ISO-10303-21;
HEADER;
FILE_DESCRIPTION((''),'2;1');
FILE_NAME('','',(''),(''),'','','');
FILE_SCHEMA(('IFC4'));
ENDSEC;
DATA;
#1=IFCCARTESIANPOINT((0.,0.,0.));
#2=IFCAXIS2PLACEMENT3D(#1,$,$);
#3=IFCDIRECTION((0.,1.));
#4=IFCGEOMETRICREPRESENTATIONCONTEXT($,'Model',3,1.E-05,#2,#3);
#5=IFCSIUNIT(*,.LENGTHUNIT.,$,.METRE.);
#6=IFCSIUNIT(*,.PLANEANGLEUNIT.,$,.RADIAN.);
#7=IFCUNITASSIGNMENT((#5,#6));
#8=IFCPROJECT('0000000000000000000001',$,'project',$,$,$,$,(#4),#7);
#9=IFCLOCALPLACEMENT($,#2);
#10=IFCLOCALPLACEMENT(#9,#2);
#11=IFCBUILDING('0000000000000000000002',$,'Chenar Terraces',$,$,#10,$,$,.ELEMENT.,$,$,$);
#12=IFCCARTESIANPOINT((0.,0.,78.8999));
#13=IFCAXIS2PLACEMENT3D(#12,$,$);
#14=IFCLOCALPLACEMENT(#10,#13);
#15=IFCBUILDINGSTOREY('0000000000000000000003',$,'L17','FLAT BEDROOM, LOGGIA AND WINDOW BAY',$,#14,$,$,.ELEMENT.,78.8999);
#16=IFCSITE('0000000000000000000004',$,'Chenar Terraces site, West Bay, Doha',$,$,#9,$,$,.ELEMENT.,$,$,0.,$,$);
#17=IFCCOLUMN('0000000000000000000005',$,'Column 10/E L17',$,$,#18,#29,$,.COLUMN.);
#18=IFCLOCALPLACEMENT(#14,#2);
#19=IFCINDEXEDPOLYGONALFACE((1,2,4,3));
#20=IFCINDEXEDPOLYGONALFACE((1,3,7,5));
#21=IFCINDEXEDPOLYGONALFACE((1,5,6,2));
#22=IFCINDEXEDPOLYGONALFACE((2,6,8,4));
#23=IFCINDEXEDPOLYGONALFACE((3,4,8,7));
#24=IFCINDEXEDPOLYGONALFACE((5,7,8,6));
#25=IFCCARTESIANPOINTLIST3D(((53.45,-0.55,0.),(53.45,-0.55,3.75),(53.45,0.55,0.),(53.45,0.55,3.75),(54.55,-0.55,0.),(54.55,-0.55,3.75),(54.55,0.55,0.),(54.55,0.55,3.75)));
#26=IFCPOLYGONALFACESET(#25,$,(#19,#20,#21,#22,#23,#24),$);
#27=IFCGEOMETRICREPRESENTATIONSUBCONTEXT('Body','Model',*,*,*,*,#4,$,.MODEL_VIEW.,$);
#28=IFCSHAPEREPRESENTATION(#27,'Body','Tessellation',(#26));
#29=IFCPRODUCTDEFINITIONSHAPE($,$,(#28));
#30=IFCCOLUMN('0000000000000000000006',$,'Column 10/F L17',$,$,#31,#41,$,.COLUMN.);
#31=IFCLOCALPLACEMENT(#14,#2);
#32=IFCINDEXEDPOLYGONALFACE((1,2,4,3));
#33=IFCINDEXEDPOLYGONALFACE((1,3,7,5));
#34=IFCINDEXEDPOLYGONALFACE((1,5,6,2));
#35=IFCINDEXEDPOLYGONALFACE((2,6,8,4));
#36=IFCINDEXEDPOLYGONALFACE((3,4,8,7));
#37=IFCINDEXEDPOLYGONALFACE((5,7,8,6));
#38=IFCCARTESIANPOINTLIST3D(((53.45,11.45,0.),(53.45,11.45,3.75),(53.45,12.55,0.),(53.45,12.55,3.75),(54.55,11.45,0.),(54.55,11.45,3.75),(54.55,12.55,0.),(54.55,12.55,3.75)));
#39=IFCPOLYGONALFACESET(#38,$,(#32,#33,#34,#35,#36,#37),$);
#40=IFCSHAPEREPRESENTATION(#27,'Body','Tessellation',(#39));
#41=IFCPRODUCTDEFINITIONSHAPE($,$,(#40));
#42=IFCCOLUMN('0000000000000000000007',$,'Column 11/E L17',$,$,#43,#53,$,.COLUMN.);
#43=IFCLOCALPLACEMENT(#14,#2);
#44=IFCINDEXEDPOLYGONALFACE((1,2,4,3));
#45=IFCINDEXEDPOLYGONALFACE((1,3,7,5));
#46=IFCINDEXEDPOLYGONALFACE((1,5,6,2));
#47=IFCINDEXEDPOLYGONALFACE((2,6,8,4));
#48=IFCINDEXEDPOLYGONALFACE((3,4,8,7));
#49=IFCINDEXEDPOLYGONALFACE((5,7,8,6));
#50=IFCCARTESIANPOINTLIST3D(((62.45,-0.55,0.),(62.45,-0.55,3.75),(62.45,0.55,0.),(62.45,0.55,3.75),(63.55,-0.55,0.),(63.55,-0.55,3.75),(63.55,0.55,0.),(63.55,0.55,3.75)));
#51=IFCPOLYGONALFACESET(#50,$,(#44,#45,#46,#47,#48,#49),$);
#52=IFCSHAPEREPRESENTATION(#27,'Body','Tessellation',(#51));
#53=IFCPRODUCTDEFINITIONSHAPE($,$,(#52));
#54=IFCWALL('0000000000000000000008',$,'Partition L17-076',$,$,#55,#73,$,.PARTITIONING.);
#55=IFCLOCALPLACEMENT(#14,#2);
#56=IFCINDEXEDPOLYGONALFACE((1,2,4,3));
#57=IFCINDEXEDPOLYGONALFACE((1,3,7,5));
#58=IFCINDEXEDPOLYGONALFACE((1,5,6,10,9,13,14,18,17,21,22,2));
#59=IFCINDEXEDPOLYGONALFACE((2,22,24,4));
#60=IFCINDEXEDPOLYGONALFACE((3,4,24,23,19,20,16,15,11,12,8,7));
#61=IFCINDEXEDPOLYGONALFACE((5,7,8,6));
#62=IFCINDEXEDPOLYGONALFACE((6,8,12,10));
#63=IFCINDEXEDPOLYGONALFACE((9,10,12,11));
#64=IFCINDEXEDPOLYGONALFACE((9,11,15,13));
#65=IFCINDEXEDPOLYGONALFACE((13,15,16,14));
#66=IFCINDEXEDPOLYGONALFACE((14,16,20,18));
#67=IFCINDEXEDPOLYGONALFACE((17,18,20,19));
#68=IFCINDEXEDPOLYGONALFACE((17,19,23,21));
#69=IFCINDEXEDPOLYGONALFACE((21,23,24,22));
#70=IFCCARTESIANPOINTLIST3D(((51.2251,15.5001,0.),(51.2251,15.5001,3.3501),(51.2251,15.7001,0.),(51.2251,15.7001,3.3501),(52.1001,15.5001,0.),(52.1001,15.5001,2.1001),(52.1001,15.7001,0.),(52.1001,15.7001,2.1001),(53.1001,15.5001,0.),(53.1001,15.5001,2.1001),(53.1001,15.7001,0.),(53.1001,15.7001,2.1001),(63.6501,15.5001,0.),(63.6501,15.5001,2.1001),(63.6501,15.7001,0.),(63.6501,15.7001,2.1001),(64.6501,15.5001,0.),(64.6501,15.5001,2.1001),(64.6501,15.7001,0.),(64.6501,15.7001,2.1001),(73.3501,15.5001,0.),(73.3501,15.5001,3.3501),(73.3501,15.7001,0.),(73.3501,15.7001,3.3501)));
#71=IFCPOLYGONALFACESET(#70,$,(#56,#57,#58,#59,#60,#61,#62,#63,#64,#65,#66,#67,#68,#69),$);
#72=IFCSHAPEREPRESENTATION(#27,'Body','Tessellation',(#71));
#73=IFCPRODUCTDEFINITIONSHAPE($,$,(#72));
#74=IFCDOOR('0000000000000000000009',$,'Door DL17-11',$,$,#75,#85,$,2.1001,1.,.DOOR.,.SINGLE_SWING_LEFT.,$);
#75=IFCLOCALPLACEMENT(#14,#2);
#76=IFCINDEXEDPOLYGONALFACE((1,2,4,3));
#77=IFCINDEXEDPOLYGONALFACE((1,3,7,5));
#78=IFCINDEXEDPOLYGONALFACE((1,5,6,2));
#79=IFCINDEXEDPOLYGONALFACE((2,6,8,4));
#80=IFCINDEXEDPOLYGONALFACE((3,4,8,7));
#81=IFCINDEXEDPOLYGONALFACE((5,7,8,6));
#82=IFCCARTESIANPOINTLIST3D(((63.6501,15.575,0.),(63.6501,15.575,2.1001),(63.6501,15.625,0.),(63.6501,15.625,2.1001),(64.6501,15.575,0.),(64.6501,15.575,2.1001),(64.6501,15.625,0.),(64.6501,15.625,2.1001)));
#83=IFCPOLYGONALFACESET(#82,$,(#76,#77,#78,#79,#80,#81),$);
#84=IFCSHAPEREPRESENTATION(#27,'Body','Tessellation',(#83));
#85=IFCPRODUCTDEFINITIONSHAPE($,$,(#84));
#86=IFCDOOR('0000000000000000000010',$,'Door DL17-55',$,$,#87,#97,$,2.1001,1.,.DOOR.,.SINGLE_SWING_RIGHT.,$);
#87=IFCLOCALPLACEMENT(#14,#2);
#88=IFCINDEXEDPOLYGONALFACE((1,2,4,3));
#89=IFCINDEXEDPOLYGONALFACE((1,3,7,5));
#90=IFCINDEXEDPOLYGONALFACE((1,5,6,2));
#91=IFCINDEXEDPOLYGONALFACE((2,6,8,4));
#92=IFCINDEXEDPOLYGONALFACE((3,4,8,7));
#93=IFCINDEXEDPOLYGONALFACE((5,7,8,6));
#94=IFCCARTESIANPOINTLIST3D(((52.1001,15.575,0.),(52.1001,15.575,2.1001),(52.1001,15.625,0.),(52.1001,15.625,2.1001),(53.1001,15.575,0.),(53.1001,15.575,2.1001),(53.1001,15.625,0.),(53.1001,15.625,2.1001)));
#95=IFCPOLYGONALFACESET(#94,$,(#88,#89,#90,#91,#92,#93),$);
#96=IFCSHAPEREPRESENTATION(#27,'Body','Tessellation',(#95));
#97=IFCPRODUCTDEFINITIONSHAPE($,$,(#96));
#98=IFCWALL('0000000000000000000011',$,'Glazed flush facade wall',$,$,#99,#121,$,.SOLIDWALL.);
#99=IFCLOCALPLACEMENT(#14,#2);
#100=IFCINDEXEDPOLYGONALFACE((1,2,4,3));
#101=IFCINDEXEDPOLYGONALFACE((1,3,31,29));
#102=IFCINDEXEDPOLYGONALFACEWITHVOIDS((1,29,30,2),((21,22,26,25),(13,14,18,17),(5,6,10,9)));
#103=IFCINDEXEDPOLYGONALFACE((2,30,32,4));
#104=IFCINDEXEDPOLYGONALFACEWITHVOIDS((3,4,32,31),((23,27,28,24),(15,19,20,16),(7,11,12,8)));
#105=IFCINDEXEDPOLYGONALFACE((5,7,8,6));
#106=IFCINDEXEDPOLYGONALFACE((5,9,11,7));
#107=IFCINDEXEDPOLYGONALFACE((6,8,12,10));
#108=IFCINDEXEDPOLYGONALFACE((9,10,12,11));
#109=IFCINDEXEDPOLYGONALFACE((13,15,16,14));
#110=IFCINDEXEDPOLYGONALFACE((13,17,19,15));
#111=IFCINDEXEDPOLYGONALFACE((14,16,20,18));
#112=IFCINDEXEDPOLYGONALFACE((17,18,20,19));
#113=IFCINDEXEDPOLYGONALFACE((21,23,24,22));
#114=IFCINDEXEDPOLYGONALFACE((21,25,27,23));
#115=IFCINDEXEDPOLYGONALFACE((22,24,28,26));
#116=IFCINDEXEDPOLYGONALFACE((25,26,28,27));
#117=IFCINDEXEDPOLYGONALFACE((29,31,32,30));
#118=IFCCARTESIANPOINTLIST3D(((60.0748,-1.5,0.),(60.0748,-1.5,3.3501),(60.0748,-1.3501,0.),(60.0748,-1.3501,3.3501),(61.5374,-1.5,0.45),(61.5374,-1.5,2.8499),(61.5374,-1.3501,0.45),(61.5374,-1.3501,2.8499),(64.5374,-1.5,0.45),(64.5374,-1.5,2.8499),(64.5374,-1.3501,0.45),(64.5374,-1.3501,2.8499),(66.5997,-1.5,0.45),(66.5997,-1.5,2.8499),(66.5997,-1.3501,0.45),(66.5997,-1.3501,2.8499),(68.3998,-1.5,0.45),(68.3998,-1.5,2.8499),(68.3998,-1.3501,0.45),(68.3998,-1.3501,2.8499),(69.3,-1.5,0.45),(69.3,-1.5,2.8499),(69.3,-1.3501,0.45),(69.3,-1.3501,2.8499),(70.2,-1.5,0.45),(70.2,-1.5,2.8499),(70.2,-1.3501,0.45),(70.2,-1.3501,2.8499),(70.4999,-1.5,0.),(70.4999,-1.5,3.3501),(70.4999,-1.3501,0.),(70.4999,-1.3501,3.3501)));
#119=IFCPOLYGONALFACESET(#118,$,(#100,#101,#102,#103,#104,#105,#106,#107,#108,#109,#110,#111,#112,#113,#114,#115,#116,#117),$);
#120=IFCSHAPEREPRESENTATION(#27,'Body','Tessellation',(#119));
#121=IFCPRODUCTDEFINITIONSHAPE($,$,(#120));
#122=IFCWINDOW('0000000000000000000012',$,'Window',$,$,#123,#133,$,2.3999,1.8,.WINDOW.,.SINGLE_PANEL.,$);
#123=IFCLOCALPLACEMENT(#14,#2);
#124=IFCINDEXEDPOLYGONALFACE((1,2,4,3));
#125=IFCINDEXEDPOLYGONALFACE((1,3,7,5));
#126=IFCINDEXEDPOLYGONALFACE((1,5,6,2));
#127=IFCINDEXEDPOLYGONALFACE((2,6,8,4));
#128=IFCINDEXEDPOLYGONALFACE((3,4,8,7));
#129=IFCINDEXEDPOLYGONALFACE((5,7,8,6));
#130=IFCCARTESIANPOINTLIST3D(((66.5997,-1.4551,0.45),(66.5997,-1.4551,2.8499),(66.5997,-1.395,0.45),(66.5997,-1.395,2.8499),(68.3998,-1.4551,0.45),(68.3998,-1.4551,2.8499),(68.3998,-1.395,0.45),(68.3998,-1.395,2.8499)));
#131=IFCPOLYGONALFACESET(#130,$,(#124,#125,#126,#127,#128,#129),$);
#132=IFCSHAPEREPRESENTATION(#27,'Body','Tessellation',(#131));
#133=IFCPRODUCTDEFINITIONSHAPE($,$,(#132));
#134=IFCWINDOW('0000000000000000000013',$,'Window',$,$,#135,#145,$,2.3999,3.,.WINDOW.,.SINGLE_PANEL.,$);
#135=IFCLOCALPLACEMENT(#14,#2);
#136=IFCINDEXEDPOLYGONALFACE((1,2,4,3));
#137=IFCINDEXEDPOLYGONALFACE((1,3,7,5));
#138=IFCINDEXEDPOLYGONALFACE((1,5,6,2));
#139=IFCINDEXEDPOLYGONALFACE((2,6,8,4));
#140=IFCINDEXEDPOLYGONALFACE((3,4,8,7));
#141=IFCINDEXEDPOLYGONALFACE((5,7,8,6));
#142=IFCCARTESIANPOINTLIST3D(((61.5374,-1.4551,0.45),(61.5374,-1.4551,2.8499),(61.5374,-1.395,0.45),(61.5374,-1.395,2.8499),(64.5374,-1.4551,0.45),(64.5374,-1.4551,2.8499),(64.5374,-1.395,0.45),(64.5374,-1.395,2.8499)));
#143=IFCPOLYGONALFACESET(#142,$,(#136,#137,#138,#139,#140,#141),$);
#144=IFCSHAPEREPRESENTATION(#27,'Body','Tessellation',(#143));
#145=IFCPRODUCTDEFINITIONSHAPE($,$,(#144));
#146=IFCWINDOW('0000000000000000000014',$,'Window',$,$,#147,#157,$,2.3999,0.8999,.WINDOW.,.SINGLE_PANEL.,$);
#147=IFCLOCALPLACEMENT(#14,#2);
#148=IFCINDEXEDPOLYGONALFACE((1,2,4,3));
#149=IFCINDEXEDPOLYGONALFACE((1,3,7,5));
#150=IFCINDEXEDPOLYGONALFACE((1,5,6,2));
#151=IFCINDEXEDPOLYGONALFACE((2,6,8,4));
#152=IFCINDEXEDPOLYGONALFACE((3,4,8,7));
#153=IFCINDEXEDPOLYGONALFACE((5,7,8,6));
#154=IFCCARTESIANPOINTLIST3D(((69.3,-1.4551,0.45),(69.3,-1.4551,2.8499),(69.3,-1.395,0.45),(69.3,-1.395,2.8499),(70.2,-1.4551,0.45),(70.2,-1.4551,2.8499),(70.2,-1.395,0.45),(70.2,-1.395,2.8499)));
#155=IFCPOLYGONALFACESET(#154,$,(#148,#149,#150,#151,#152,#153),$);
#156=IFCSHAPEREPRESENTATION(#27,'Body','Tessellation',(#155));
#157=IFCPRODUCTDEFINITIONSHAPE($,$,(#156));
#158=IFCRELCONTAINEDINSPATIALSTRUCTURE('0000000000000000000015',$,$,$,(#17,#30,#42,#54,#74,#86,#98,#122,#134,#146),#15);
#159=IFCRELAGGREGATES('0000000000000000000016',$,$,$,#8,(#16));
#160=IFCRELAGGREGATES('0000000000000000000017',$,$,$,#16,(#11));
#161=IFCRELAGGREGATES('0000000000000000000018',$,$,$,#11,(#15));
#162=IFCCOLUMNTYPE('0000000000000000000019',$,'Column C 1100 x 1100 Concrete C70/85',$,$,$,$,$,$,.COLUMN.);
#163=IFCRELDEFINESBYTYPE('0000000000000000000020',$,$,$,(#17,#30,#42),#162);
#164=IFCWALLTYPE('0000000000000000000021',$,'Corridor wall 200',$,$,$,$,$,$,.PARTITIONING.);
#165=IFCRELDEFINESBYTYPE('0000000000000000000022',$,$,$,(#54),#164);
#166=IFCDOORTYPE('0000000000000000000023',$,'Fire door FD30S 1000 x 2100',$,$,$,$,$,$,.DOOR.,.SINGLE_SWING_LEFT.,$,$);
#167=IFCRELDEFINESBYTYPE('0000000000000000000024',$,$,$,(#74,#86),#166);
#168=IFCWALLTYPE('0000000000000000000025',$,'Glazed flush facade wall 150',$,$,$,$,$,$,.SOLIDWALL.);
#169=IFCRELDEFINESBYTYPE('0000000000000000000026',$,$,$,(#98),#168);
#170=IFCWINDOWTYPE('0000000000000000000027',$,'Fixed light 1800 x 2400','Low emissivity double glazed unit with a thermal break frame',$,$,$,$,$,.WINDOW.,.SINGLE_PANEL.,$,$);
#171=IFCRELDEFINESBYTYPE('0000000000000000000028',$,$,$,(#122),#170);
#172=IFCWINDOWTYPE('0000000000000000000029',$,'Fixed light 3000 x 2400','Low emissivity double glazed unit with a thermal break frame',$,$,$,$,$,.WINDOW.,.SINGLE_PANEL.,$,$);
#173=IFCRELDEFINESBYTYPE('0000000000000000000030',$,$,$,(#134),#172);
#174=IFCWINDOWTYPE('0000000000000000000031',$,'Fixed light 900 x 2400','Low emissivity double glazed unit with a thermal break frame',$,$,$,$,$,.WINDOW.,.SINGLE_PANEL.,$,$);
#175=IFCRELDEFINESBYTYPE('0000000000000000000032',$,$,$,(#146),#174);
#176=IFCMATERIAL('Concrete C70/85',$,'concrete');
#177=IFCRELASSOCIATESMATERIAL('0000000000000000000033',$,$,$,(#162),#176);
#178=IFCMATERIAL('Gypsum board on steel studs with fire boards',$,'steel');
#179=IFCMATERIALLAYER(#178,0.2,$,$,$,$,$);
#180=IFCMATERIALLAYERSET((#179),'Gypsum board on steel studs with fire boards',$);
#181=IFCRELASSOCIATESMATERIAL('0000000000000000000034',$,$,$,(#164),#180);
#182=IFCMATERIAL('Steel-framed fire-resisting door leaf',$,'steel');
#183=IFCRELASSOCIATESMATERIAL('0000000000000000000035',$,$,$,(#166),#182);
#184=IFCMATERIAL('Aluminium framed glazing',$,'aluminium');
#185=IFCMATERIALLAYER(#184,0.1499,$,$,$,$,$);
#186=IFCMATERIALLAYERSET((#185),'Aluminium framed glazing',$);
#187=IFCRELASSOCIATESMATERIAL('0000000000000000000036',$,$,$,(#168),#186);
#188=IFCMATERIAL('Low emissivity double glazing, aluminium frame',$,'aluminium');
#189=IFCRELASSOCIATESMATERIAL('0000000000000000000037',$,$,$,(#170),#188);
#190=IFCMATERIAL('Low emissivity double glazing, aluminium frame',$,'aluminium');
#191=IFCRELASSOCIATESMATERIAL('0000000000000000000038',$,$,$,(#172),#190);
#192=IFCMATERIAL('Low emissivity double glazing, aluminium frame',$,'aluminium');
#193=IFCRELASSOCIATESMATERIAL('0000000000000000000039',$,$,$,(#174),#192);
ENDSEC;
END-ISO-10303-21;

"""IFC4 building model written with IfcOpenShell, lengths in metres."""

from ifc_helpers import new_model, si_unit, direction, frame, frame_2d, origin, origin_2d, place, context, subcontext, project, spatial, rectangle, extrude, material, layer, layer_set, material_profile, profile_set, type_object, element, fill, save


model = new_model("IFC4")

# Units and contexts
model_context = context("Model", 3, precision=1e-05, world=origin(), true_north=direction((0.0, 1.0)))
body_context = subcontext(model_context, "Body", "Model", "MODEL_VIEW")
ifc_project = project(units=[si_unit("LENGTHUNIT", "METRE"), si_unit("PLANEANGLEUNIT", "RADIAN")], contexts=[model_context])

# Site, building, storey
site_placement = place(None, origin())
site = spatial("IfcSite", under=ifc_project, at=site_placement, Name="Chenar Terraces site, West Bay, Doha", CompositionType="ELEMENT", RefElevation=0.0)
building_placement = place(site_placement, origin())
building = spatial("IfcBuilding", under=site, at=building_placement, Name="Chenar Terraces", CompositionType="ELEMENT")
storey_placement = place(building_placement, frame((0.0, 0.0, 78.8999)))
storey = spatial("IfcBuildingStorey", under=building, at=storey_placement, Name="L17", Description="FLAT BEDROOM, LOGGIA AND WINDOW BAY", CompositionType="ELEMENT", Elevation=78.8999)

# Columns
ifc_material_1 = material(Name="Concrete C70/85", Category="concrete")
ifc_material_profile_1 = material_profile(ifc_material_1, rectangle(XDim=1.1001, YDim=1.1001, at=origin_2d()), Name="C 1100 x 1100")
ifc_profile_set_1 = profile_set([ifc_material_profile_1], Name="Concrete C70/85")
column_type = type_object("IfcColumnType", Name="Column C 1100 x 1100 Concrete C70/85", PredefinedType="COLUMN", material=ifc_profile_set_1)
for number, where, z_axis, x_axis, name in (
    (1, (54.0, 0.0, 0.0), (0.0, 0.0, 1.0), (1.0, 0.0, 0.0), "Column 10/E L17"),
    (2, (54.0, 12.0, 0.0), (0.0, 0.0, 1.0), (1.0, 0.0, 0.0), "Column 10/F L17"),
    (3, (63.0, 0.0, 0.0), (0.0, 0.0, 1.0), (1.0, 0.0, 0.0), "Column 11/E L17"),
):
    element("IfcColumn", number, at=place(storey_placement, frame(where, z_axis=z_axis, x_axis=x_axis)), inside=storey, type_object=column_type, Name=name, PredefinedType="COLUMN", context=body_context, shape_type="SweptSolid", body=[
        extrude(rectangle(XDim=1.1001, YDim=1.1001, at=origin_2d()), origin(), (0.0, 0.0, 1.0), 3.75),
    ])

# Wall, openings, doors
ifc_material_2 = material(Name="Gypsum board on steel studs with fire boards", Category="steel")
ifc_layer_1 = layer(ifc_material_2, 0.2)
ifc_layer_set_1 = layer_set([ifc_layer_1], Name="Gypsum board on steel studs with fire boards")
wall_type_1 = type_object("IfcWallType", Name="Corridor wall 200", PredefinedType="PARTITIONING", material=ifc_layer_set_1)
wall_1_placement = place(storey_placement, frame((51.2251, 15.6001, 0.0), z_axis=(0.0, 0.0, 1.0), x_axis=(1.0, 0.0, 0.0)))
wall_1 = element("IfcWall", 4, at=wall_1_placement, inside=storey, type_object=wall_type_1, Name="Partition L17-076", PredefinedType="PARTITIONING", context=body_context, shape_type="SweptSolid", body=[
    extrude(rectangle(XDim=22.125, YDim=0.2, at=frame_2d((11.0625, 0.0))), origin(), (0.0, 0.0, 1.0), 3.3501),
])
opening_1_placement = place(wall_1_placement, frame((12.425, 0.0, 0.0)))
opening_1 = element("IfcOpeningElement", 5, at=opening_1_placement, cuts=wall_1, PredefinedType="OPENING", context=body_context, shape_type="SweptSolid", body=[
    extrude(rectangle(XDim=1.0, YDim=2.1001, at=frame_2d((0.5, 1.05))), frame((0.0, 0.1099, 0.0), z_axis=(0.0, -1.0, 0.0), x_axis=(1.0, 0.0, 0.0)), (0.0, 0.0, 1.0), 0.22),
])
opening_2_placement = place(wall_1_placement, frame((0.875, 0.0, 0.0)))
opening_2 = element("IfcOpeningElement", 6, at=opening_2_placement, cuts=wall_1, PredefinedType="OPENING", context=body_context, shape_type="SweptSolid", body=[
    extrude(rectangle(XDim=1.0, YDim=2.1001, at=frame_2d((0.5, 1.05))), frame((0.0, 0.1099, 0.0), z_axis=(0.0, -1.0, 0.0), x_axis=(1.0, 0.0, 0.0)), (0.0, 0.0, 1.0), 0.22),
])
ifc_material_3 = material(Name="Steel-framed fire-resisting door leaf", Category="steel")
door_type_1 = type_object("IfcDoorType", Name="Fire door FD30S 1000 x 2100", OperationType="SINGLE_SWING_LEFT", PredefinedType="DOOR", material=ifc_material_3)
door_1_placement = place(opening_1_placement, origin())
door_1 = element("IfcDoor", 7, at=door_1_placement, inside=storey, type_object=door_type_1, Name="Door DL17-11", OperationType="SINGLE_SWING_LEFT", OverallHeight=2.1001, OverallWidth=1.0, PredefinedType="DOOR", context=body_context, shape_type="SweptSolid", body=[
    extrude(rectangle(XDim=1.0, YDim=2.1001, at=frame_2d((0.5, 1.05))), frame((0.0, 0.0249, 0.0), z_axis=(0.0, -1.0, 0.0), x_axis=(1.0, 0.0, 0.0)), (0.0, 0.0, 1.0), 0.05),
])
fill(opening_1, door_1)
door_2_placement = place(opening_2_placement, origin())
door_2 = element("IfcDoor", 8, at=door_2_placement, inside=storey, type_object=door_type_1, Name="Door DL17-55", OperationType="SINGLE_SWING_RIGHT", OverallHeight=2.1001, OverallWidth=1.0, PredefinedType="DOOR", context=body_context, shape_type="SweptSolid", body=[
    extrude(rectangle(XDim=1.0, YDim=2.1001, at=frame_2d((0.5, 1.05))), frame((0.0, 0.0249, 0.0), z_axis=(0.0, -1.0, 0.0), x_axis=(1.0, 0.0, 0.0)), (0.0, 0.0, 1.0), 0.05),
])
fill(opening_2, door_2)

# Wall, openings, windows
ifc_material_4 = material(Name="Aluminium framed glazing", Category="aluminium")
ifc_layer_2 = layer(ifc_material_4, 0.1499)
ifc_layer_set_2 = layer_set([ifc_layer_2], Name="Aluminium framed glazing")
wall_type_2 = type_object("IfcWallType", Name="Glazed flush facade wall 150", PredefinedType="SOLIDWALL", material=ifc_layer_set_2)
wall_2_placement = place(storey_placement, frame((60.075, -1.425, 0.0), z_axis=(0.0, 0.0, 1.0), x_axis=(1.0, 0.0, 0.0)))
wall_2 = element("IfcWall", 9, at=wall_2_placement, inside=storey, type_object=wall_type_2, Name="Glazed flush facade wall", PredefinedType="SOLIDWALL", context=body_context, shape_type="SweptSolid", body=[
    extrude(rectangle(XDim=10.425, YDim=0.1499, at=frame_2d((5.2124, 0.0))), origin(), (0.0, 0.0, 1.0), 3.3501),
])
opening_3_placement = place(wall_2_placement, frame((1.4624, 0.0, 0.45)))
opening_3 = element("IfcOpeningElement", 10, at=opening_3_placement, cuts=wall_2, PredefinedType="OPENING", context=body_context, shape_type="SweptSolid", body=[
    extrude(rectangle(XDim=3.0, YDim=2.3999, at=frame_2d((1.5, 1.2))), frame((0.0, 0.085, 0.0), z_axis=(0.0, -1.0, 0.0), x_axis=(1.0, 0.0, 0.0)), (0.0, 0.0, 1.0), 0.1699),
])
opening_4_placement = place(wall_2_placement, frame((6.5249, 0.0, 0.45)))
opening_4 = element("IfcOpeningElement", 11, at=opening_4_placement, cuts=wall_2, PredefinedType="OPENING", context=body_context, shape_type="SweptSolid", body=[
    extrude(rectangle(XDim=1.8, YDim=2.3999, at=frame_2d((0.8999, 1.2))), frame((0.0, 0.085, 0.0), z_axis=(0.0, -1.0, 0.0), x_axis=(1.0, 0.0, 0.0)), (0.0, 0.0, 1.0), 0.1699),
])
opening_5_placement = place(wall_2_placement, frame((9.2251, 0.0, 0.45)))
opening_5 = element("IfcOpeningElement", 12, at=opening_5_placement, cuts=wall_2, PredefinedType="OPENING", context=body_context, shape_type="SweptSolid", body=[
    extrude(rectangle(XDim=0.8999, YDim=2.3999, at=frame_2d((0.45, 1.2))), frame((0.0, 0.085, 0.0), z_axis=(0.0, -1.0, 0.0), x_axis=(1.0, 0.0, 0.0)), (0.0, 0.0, 1.0), 0.1699),
])
ifc_material_5 = material(Name="Low emissivity double glazing, aluminium frame", Category="aluminium")
window_type_1 = type_object("IfcWindowType", Name="Fixed light 1800 x 2400", Description="Low emissivity double glazed unit with a thermal break frame", PartitioningType="SINGLE_PANEL", PredefinedType="WINDOW", material=ifc_material_5)
window_1_placement = place(opening_4_placement, origin())
window_1 = element("IfcWindow", 13, at=window_1_placement, inside=storey, type_object=window_type_1, Name="Window", OverallHeight=2.3999, OverallWidth=1.8, PartitioningType="SINGLE_PANEL", PredefinedType="WINDOW", context=body_context, shape_type="SweptSolid", body=[
    extrude(rectangle(XDim=1.8, YDim=2.3999, at=frame_2d((0.8999, 1.2))), frame((0.0, 0.03, 0.0), z_axis=(0.0, -1.0, 0.0), x_axis=(1.0, 0.0, 0.0)), (0.0, 0.0, 1.0), 0.0601),
])
fill(opening_4, window_1)
ifc_material_6 = material(Name="Low emissivity double glazing, aluminium frame", Category="aluminium")
window_type_2 = type_object("IfcWindowType", Name="Fixed light 3000 x 2400", Description="Low emissivity double glazed unit with a thermal break frame", PartitioningType="SINGLE_PANEL", PredefinedType="WINDOW", material=ifc_material_6)
window_2_placement = place(opening_3_placement, origin())
window_2 = element("IfcWindow", 14, at=window_2_placement, inside=storey, type_object=window_type_2, Name="Window", OverallHeight=2.3999, OverallWidth=3.0, PartitioningType="SINGLE_PANEL", PredefinedType="WINDOW", context=body_context, shape_type="SweptSolid", body=[
    extrude(rectangle(XDim=3.0, YDim=2.3999, at=frame_2d((1.5, 1.2))), frame((0.0, 0.03, 0.0), z_axis=(0.0, -1.0, 0.0), x_axis=(1.0, 0.0, 0.0)), (0.0, 0.0, 1.0), 0.0601),
])
fill(opening_3, window_2)
ifc_material_7 = material(Name="Low emissivity double glazing, aluminium frame", Category="aluminium")
window_type_3 = type_object("IfcWindowType", Name="Fixed light 900 x 2400", Description="Low emissivity double glazed unit with a thermal break frame", PartitioningType="SINGLE_PANEL", PredefinedType="WINDOW", material=ifc_material_7)
window_3_placement = place(opening_5_placement, origin())
window_3 = element("IfcWindow", 15, at=window_3_placement, inside=storey, type_object=window_type_3, Name="Window", OverallHeight=2.3999, OverallWidth=0.8999, PartitioningType="SINGLE_PANEL", PredefinedType="WINDOW", context=body_context, shape_type="SweptSolid", body=[
    extrude(rectangle(XDim=0.8999, YDim=2.3999, at=frame_2d((0.45, 1.2))), frame((0.0, 0.03, 0.0), z_axis=(0.0, -1.0, 0.0), x_axis=(1.0, 0.0, 0.0)), (0.0, 0.0, 1.0), 0.0601),
])
fill(opening_5, window_3)

save(model, "model.ifc")
